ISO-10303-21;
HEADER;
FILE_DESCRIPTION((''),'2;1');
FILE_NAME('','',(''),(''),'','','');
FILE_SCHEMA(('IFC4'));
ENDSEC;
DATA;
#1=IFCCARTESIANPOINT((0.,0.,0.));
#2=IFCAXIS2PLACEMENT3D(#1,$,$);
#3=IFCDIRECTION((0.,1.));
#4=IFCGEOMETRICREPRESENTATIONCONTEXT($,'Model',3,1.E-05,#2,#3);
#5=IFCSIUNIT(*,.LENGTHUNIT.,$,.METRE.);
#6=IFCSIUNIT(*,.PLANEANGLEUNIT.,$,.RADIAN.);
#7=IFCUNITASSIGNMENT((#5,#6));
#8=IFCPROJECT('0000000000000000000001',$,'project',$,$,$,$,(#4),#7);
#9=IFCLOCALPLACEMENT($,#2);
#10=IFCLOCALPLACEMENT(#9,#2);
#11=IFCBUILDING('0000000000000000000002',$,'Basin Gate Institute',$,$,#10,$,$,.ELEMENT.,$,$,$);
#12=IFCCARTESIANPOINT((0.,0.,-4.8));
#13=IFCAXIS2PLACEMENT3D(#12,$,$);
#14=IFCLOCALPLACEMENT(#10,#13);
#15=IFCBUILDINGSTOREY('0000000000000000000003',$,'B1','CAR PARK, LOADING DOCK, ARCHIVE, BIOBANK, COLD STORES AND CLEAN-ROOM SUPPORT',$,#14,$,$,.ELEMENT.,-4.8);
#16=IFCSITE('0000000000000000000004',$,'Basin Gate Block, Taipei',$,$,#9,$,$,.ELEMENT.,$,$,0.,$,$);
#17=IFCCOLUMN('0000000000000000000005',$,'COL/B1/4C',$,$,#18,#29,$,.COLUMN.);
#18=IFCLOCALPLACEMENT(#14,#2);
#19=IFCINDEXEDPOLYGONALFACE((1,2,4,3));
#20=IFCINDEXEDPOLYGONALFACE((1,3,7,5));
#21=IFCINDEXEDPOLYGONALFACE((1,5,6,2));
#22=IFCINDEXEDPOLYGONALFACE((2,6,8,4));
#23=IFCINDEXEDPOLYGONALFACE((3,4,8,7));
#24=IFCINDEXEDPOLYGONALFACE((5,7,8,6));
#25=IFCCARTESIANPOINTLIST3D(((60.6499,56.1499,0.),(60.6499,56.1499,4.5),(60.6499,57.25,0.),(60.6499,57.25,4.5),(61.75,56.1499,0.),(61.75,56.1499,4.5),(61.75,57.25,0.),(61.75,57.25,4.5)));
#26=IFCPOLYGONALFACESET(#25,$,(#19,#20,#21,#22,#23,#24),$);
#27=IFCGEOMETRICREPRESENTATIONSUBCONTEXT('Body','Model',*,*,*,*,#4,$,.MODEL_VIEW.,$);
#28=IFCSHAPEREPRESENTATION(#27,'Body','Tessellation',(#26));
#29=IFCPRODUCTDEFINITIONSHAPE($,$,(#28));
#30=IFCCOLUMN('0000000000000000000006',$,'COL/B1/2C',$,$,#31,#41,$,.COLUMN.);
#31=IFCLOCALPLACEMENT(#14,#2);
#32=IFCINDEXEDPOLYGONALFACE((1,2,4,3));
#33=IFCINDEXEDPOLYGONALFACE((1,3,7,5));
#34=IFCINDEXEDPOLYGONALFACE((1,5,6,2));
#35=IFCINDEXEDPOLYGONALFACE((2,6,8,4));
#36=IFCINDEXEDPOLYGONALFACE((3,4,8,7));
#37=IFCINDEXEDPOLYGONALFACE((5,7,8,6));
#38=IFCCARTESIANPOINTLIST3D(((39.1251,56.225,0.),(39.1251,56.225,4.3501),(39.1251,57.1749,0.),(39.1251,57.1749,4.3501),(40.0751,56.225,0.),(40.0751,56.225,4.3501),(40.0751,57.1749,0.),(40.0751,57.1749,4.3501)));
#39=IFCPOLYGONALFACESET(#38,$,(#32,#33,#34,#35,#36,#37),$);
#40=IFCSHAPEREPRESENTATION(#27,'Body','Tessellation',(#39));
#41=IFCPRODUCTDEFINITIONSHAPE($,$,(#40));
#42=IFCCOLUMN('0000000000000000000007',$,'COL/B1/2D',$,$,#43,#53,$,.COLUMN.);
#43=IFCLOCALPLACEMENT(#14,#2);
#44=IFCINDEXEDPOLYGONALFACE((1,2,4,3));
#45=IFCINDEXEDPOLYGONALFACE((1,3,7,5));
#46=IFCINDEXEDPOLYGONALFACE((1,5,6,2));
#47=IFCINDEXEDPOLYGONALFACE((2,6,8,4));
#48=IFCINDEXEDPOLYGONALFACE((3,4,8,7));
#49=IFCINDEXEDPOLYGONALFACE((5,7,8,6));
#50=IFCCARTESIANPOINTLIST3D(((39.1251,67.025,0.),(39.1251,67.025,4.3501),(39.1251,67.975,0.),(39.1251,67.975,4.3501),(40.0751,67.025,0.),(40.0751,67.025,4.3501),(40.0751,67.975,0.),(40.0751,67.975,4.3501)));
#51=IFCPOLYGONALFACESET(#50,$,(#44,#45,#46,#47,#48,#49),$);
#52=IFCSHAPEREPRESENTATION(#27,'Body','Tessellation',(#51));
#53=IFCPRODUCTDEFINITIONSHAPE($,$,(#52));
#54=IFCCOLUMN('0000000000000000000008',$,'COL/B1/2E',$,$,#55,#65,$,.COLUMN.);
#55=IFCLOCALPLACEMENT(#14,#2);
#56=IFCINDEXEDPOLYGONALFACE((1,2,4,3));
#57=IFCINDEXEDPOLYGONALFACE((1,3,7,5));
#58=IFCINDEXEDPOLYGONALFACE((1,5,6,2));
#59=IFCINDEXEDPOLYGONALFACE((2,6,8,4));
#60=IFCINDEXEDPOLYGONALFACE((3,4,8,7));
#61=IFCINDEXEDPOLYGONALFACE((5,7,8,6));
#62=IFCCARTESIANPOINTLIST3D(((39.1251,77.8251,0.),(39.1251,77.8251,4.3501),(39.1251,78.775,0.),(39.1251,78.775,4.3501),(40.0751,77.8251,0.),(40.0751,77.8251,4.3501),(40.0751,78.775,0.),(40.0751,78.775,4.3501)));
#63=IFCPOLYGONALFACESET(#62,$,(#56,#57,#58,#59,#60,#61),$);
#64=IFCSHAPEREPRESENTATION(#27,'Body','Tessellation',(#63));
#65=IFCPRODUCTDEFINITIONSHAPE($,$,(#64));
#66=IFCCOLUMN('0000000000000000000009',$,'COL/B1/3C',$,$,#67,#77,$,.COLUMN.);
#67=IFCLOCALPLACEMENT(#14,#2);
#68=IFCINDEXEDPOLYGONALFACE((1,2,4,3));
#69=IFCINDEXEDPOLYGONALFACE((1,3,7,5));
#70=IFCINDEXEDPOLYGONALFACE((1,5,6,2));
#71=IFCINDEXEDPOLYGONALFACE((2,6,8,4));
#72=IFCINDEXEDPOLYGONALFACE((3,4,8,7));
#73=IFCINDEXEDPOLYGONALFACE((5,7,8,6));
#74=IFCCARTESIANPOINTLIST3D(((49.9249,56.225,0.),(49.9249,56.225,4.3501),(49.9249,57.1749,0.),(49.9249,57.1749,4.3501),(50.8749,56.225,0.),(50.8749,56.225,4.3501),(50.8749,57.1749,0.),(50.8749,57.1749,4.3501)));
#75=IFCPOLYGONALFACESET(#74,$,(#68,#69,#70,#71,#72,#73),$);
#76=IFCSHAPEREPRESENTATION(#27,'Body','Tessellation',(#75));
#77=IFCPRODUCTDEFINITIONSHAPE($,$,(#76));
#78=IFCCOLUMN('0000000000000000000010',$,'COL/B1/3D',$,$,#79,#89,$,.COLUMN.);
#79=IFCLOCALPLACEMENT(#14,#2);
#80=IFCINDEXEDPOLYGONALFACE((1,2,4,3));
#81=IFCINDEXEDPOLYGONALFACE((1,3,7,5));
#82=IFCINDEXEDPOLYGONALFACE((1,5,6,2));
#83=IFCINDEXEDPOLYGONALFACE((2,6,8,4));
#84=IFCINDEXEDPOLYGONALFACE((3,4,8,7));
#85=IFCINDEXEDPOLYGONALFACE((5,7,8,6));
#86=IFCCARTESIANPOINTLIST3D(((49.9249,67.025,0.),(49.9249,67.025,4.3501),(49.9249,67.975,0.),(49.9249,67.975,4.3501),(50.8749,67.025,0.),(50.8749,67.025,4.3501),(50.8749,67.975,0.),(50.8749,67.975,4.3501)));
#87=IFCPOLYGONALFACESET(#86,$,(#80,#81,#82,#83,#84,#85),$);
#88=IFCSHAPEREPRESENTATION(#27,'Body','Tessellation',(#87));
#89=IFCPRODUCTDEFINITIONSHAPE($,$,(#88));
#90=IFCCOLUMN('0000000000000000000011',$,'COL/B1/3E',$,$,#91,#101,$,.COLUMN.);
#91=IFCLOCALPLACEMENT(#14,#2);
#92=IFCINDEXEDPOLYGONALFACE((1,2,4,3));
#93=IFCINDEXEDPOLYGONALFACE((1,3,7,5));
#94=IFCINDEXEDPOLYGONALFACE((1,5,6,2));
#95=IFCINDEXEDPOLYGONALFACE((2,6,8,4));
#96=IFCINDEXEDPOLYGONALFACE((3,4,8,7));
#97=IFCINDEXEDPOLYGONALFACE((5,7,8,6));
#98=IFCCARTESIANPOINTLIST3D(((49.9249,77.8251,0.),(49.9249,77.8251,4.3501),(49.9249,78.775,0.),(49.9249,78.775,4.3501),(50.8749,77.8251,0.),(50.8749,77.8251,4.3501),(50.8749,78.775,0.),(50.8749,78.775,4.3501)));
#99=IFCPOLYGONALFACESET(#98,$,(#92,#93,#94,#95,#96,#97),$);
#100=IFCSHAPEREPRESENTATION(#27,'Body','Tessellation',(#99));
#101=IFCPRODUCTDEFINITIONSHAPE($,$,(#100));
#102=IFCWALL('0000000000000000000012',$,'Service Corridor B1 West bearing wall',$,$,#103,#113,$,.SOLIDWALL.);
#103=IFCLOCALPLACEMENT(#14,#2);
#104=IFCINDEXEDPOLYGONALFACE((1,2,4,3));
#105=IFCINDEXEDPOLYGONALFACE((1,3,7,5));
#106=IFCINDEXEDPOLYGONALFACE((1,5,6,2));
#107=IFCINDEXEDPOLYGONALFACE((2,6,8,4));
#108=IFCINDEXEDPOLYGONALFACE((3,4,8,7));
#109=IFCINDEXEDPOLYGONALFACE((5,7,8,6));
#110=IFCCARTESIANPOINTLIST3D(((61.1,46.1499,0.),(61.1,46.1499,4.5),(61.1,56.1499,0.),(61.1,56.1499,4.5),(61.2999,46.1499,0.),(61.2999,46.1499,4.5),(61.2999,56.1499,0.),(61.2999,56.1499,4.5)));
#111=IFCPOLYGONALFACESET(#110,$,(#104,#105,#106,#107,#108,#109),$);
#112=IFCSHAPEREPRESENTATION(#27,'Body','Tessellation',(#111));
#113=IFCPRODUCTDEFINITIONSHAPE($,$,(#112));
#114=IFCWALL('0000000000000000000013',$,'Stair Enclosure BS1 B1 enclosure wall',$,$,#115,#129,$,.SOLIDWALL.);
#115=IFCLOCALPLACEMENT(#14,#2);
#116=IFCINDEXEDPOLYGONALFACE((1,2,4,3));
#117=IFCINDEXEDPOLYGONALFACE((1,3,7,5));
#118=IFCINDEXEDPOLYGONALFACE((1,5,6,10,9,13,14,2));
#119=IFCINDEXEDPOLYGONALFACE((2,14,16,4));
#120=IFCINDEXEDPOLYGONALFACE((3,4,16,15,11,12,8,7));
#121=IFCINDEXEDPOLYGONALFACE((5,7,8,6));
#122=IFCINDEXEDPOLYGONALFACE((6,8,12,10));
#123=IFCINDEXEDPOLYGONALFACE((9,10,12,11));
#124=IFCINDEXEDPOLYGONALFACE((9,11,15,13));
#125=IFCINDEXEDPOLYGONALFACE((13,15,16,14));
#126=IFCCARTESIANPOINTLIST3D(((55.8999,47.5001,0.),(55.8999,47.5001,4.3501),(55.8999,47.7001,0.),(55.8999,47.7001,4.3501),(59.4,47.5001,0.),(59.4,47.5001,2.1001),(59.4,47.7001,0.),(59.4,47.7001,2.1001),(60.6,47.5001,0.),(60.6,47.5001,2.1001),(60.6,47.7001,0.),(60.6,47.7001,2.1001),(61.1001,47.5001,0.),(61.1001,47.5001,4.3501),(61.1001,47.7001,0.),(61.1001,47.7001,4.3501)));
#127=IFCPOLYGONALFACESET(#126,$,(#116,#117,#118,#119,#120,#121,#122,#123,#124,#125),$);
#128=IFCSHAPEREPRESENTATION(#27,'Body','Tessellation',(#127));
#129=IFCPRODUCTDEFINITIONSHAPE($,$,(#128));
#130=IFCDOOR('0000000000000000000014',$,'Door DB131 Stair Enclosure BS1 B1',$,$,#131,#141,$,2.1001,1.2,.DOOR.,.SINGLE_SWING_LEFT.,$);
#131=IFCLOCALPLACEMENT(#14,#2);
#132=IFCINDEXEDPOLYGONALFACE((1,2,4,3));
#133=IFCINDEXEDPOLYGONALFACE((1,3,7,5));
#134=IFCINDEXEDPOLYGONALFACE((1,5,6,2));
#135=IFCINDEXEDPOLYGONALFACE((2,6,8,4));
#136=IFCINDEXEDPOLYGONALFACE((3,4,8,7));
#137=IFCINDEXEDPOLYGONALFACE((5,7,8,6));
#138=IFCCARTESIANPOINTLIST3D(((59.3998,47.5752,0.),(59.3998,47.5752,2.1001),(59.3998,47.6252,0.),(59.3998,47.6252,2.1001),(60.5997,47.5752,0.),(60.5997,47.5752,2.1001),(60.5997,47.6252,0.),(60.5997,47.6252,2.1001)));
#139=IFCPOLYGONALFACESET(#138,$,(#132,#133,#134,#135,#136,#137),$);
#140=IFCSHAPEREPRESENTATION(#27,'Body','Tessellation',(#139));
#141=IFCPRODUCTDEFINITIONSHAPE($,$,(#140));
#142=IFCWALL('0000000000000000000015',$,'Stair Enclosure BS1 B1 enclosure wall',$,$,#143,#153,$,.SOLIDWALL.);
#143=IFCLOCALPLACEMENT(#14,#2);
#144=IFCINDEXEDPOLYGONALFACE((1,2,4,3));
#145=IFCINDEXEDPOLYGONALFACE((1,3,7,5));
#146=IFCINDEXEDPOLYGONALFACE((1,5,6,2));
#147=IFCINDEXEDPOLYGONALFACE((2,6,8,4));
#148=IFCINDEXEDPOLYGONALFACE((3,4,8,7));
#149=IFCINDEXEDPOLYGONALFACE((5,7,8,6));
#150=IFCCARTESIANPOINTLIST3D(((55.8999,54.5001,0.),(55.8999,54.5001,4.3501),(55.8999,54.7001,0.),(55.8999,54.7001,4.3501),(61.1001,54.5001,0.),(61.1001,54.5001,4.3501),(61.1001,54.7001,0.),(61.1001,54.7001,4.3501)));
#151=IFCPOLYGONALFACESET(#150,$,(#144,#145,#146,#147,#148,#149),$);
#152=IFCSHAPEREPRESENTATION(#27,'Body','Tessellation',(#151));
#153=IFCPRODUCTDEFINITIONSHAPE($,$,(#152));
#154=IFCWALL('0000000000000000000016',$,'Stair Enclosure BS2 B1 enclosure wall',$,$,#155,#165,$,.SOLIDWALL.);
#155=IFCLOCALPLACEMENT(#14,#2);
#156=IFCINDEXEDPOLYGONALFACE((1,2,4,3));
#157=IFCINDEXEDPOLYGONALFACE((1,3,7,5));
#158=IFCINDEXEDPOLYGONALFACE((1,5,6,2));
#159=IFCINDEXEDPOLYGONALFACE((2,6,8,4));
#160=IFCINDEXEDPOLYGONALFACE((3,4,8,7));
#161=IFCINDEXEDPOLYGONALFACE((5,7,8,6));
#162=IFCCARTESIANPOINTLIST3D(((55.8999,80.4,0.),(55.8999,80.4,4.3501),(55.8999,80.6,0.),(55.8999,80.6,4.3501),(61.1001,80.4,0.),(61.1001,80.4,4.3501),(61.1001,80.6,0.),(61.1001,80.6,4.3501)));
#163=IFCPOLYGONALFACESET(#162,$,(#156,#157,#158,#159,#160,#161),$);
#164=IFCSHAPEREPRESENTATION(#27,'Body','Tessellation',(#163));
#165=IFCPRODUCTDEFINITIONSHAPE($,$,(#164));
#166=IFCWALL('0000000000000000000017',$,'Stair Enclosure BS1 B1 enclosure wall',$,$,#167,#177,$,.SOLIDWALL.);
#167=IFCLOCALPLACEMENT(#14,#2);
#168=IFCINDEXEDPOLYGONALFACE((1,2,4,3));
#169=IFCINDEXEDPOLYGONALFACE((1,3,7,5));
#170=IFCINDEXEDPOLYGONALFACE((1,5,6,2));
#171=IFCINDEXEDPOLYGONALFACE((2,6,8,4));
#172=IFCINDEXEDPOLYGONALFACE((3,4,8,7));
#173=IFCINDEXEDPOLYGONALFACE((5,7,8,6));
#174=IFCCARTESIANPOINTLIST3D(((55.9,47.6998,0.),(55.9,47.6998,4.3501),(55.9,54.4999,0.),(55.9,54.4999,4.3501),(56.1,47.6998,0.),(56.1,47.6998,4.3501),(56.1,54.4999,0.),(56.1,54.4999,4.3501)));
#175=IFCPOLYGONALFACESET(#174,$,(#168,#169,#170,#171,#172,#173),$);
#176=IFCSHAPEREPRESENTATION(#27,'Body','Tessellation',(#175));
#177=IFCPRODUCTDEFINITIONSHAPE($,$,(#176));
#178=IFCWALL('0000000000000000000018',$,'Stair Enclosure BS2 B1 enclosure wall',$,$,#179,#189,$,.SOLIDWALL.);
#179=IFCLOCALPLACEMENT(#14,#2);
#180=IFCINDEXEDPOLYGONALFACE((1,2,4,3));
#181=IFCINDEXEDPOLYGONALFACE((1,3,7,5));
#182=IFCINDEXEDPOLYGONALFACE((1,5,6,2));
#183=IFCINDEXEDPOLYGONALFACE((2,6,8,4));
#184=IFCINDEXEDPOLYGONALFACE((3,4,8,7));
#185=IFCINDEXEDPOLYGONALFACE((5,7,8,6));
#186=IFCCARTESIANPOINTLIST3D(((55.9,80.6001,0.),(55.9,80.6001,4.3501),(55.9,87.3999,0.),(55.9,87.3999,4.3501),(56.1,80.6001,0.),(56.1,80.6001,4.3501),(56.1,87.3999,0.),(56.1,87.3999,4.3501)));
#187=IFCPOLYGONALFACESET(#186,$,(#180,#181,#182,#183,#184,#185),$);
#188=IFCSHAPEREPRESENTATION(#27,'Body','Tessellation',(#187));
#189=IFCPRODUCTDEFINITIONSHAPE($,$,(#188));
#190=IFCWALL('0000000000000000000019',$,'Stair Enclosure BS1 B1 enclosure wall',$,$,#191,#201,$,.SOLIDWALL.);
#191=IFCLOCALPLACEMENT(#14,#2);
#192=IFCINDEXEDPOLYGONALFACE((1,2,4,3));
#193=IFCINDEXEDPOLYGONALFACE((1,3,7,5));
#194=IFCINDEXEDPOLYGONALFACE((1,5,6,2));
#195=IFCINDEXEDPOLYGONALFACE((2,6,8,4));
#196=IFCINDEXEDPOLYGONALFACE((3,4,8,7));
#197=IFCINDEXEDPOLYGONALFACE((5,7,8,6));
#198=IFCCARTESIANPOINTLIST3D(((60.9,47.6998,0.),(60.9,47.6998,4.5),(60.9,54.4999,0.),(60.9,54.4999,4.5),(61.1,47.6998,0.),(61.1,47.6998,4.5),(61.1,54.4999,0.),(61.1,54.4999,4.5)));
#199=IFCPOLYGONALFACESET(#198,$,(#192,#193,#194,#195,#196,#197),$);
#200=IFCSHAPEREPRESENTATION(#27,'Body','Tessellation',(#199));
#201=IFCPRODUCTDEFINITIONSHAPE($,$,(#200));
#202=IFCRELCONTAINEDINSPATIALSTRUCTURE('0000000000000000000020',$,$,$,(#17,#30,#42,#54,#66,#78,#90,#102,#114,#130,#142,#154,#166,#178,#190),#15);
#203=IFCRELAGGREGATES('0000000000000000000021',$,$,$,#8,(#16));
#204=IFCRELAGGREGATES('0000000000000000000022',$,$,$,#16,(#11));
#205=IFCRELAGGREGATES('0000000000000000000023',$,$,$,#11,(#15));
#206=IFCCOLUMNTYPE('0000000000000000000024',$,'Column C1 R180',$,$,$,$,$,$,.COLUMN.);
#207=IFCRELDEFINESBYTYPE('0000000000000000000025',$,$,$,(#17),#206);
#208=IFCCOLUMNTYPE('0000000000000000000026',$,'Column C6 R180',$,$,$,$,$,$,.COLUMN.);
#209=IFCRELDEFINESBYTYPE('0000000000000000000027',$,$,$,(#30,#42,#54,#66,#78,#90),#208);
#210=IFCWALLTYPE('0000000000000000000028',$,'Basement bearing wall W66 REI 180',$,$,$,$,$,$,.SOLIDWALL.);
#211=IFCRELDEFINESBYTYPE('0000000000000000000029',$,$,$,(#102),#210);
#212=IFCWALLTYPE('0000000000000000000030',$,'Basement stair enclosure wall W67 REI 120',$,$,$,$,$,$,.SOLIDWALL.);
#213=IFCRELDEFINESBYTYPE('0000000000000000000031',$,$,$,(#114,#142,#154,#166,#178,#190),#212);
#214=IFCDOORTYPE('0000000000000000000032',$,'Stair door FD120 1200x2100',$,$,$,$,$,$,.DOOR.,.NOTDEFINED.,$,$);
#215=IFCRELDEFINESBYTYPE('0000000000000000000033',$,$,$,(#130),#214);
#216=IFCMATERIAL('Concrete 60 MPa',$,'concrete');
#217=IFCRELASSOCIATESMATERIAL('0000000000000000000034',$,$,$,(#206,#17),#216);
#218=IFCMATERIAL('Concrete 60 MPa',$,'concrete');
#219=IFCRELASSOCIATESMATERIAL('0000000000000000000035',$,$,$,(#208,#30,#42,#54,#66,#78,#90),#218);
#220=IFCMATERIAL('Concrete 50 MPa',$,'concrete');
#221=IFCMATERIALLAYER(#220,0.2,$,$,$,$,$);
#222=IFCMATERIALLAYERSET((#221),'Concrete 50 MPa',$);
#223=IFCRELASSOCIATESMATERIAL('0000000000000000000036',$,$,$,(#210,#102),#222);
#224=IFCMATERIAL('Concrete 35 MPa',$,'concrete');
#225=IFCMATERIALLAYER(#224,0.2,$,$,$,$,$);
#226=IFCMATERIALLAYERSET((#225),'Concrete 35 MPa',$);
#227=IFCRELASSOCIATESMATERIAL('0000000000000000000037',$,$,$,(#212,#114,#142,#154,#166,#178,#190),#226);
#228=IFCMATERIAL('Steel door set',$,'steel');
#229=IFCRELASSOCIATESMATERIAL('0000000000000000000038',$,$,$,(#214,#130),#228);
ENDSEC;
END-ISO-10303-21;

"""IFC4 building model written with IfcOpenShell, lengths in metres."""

from ifc_helpers import new_model, si_unit, direction, frame, frame_2d, origin, origin_2d, place, context, subcontext, project, spatial, rectangle, extrude, material, layer, layer_set, material_profile, profile_set, type_object, element, fill, save


model = new_model("IFC4")

# Units and contexts
model_context = context("Model", 3, precision=1e-05, world=origin(), true_north=direction((0.0, 1.0)))
body_context = subcontext(model_context, "Body", "Model", "MODEL_VIEW")
ifc_project = project(units=[si_unit("LENGTHUNIT", "METRE"), si_unit("PLANEANGLEUNIT", "RADIAN")], contexts=[model_context])

# Site, building, storey
site_placement = place(None, origin())
site = spatial("IfcSite", under=ifc_project, at=site_placement, Name="Basin Gate Block, Taipei", CompositionType="ELEMENT", RefElevation=0.0)
building_placement = place(site_placement, origin())
building = spatial("IfcBuilding", under=site, at=building_placement, Name="Basin Gate Institute", CompositionType="ELEMENT")
storey_placement = place(building_placement, frame((0.0, 0.0, -4.8)))
storey = spatial("IfcBuildingStorey", under=building, at=storey_placement, Name="B1", Description="CAR PARK, LOADING DOCK, ARCHIVE, BIOBANK, COLD STORES AND CLEAN-ROOM SUPPORT", CompositionType="ELEMENT", Elevation=-4.8)

# Columns
ifc_material_1 = material(Name="Concrete 60 MPa", Category="concrete")
ifc_material_profile_1 = material_profile(ifc_material_1, rectangle(XDim=1.1001, YDim=1.1001, at=origin_2d()), Name="Column C1 1100 x 1100")
ifc_profile_set_1 = profile_set([ifc_material_profile_1], Name="Concrete 60 MPa")
column_type_1 = type_object("IfcColumnType", Name="Column C1 R180", PredefinedType="COLUMN", material=ifc_profile_set_1)
column_placement = place(storey_placement, frame((61.2, 56.7, 0.0), z_axis=(0.0, 0.0, 1.0), x_axis=(1.0, 0.0, 0.0)))
element("IfcColumn", 1, at=column_placement, inside=storey, type_object=column_type_1, material=ifc_profile_set_1, Name="COL/B1/4C", PredefinedType="COLUMN", context=body_context, shape_type="SweptSolid", body=[
    extrude(rectangle(XDim=1.1001, YDim=1.1001, at=origin_2d()), origin(), (0.0, 0.0, 1.0), 4.5),
])
ifc_material_2 = material(Name="Concrete 60 MPa", Category="concrete")
ifc_material_profile_2 = material_profile(ifc_material_2, rectangle(XDim=0.95, YDim=0.95, at=origin_2d()), Name="Column C6 950 x 950")
ifc_profile_set_2 = profile_set([ifc_material_profile_2], Name="Concrete 60 MPa")
column_type_2 = type_object("IfcColumnType", Name="Column C6 R180", PredefinedType="COLUMN", material=ifc_profile_set_2)
for number, where, z_axis, x_axis, name in (
    (2, (39.6001, 56.7, 0.0), (0.0, 0.0, 1.0), (1.0, 0.0, 0.0), "COL/B1/2C"),
    (3, (39.6001, 67.5, 0.0), (0.0, 0.0, 1.0), (1.0, 0.0, 0.0), "COL/B1/2D"),
    (4, (39.6001, 78.3, 0.0), (0.0, 0.0, 1.0), (1.0, 0.0, 0.0), "COL/B1/2E"),
    (5, (50.3999, 56.7, 0.0), (0.0, 0.0, 1.0), (1.0, 0.0, 0.0), "COL/B1/3C"),
    (6, (50.3999, 67.5, 0.0), (0.0, 0.0, 1.0), (1.0, 0.0, 0.0), "COL/B1/3D"),
    (7, (50.3999, 78.3, 0.0), (0.0, 0.0, 1.0), (1.0, 0.0, 0.0), "COL/B1/3E"),
):
    element("IfcColumn", number, at=place(storey_placement, frame(where, z_axis=z_axis, x_axis=x_axis)), inside=storey, type_object=column_type_2, material=ifc_profile_set_2, Name=name, PredefinedType="COLUMN", context=body_context, shape_type="SweptSolid", body=[
        extrude(rectangle(XDim=0.95, YDim=0.95, at=origin_2d()), origin(), (0.0, 0.0, 1.0), 4.3501),
    ])

# Wall
ifc_material_3 = material(Name="Concrete 50 MPa", Category="concrete")
ifc_layer_1 = layer(ifc_material_3, 0.2)
ifc_layer_set_1 = layer_set([ifc_layer_1], Name="Concrete 50 MPa")
wall_type_1 = type_object("IfcWallType", Name="Basement bearing wall W66 REI 180", PredefinedType="SOLIDWALL", material=ifc_layer_set_1)
wall_1_placement = place(storey_placement, frame((61.2, 46.1499, 0.0), z_axis=(0.0, 0.0, 1.0), x_axis=(0.0, 1.0, 0.0)))
element("IfcWall", 8, at=wall_1_placement, inside=storey, type_object=wall_type_1, material=ifc_layer_set_1, Name="Service Corridor B1 West bearing wall", PredefinedType="SOLIDWALL", context=body_context, shape_type="SweptSolid", body=[
    extrude(rectangle(XDim=10.0, YDim=0.2, at=frame_2d((5.0, 0.0))), origin(), (0.0, 0.0, 1.0), 4.5),
])

# Wall, opening, door
ifc_material_4 = material(Name="Concrete 35 MPa", Category="concrete")
ifc_layer_2 = layer(ifc_material_4, 0.2)
ifc_layer_set_2 = layer_set([ifc_layer_2], Name="Concrete 35 MPa")
wall_type_2 = type_object("IfcWallType", Name="Basement stair enclosure wall W67 REI 120", PredefinedType="SOLIDWALL", material=ifc_layer_set_2)
wall_2_placement = place(storey_placement, frame((55.8999, 47.6001, 0.0), z_axis=(0.0, 0.0, 1.0), x_axis=(1.0, 0.0, 0.0)))
wall_2 = element("IfcWall", 9, at=wall_2_placement, inside=storey, type_object=wall_type_2, material=ifc_layer_set_2, Name="Stair Enclosure BS1 B1 enclosure wall", PredefinedType="SOLIDWALL", context=body_context, shape_type="SweptSolid", body=[
    extrude(rectangle(XDim=5.2002, YDim=0.2, at=frame_2d((2.6001, 0.0))), origin(), (0.0, 0.0, 1.0), 4.3501),
])
opening_placement = place(wall_2_placement, frame((3.5, 0.0, 0.0)))
opening = element("IfcOpeningElement", 10, at=opening_placement, cuts=wall_2, PredefinedType="OPENING", context=body_context, shape_type="SweptSolid", body=[
    extrude(rectangle(XDim=1.2, YDim=2.1001, at=frame_2d((0.6001, 1.05))), frame((0.0, 0.1099, 0.0), z_axis=(0.0, -1.0, 0.0), x_axis=(1.0, 0.0, 0.0)), (0.0, 0.0, 1.0), 0.22),
])
ifc_material_5 = material(Name="Steel door set", Category="steel")
door_type = type_object("IfcDoorType", Name="Stair door FD120 1200x2100", OperationType="NOTDEFINED", PredefinedType="DOOR", material=ifc_material_5)
door_placement = place(opening_placement, frame((1.2, 0.0, 0.0), z_axis=(0.0, 0.0, 1.0), x_axis=(-1.0, 0.0, 0.0)))
door = element("IfcDoor", 11, at=door_placement, inside=storey, type_object=door_type, material=ifc_material_5, Name="Door DB131 Stair Enclosure BS1 B1", OperationType="SINGLE_SWING_LEFT", OverallHeight=2.1001, OverallWidth=1.2, PredefinedType="DOOR", context=body_context, shape_type="SweptSolid", body=[
    extrude(rectangle(XDim=1.2, YDim=2.1001, at=frame_2d((0.6001, 1.05))), frame((0.0, 0.0249, 0.0), z_axis=(0.0, -1.0, 0.0), x_axis=(1.0, 0.0, 0.0)), (0.0, 0.0, 1.0), 0.05),
])
fill(opening, door)

# Walls
for number, where, z_axis, x_axis, name in (
    (12, (55.8999, 54.6001, 0.0), (0.0, 0.0, 1.0), (1.0, 0.0, 0.0), "Stair Enclosure BS1 B1 enclosure wall"),
    (13, (55.8999, 80.5, 0.0), (0.0, 0.0, 1.0), (1.0, 0.0, 0.0), "Stair Enclosure BS2 B1 enclosure wall"),
):
    element("IfcWall", number, at=place(storey_placement, frame(where, z_axis=z_axis, x_axis=x_axis)), inside=storey, type_object=wall_type_2, material=ifc_layer_set_2, Name=name, PredefinedType="SOLIDWALL", context=body_context, shape_type="SweptSolid", body=[
        extrude(rectangle(XDim=5.2002, YDim=0.2, at=frame_2d((2.6001, 0.0))), origin(), (0.0, 0.0, 1.0), 4.3501),
    ])
wall_3_placement = place(storey_placement, frame((56.0, 47.7, 0.0), z_axis=(0.0, 0.0, 1.0), x_axis=(0.0, 1.0, 0.0)))
element("IfcWall", 14, at=wall_3_placement, inside=storey, type_object=wall_type_2, material=ifc_layer_set_2, Name="Stair Enclosure BS1 B1 enclosure wall", PredefinedType="SOLIDWALL", context=body_context, shape_type="SweptSolid", body=[
    extrude(rectangle(XDim=6.8, YDim=0.2, at=frame_2d((3.3999, 0.0))), origin(), (0.0, 0.0, 1.0), 4.3501),
])
wall_4_placement = place(storey_placement, frame((56.0, 80.6001, 0.0), z_axis=(0.0, 0.0, 1.0), x_axis=(0.0, 1.0, 0.0)))
element("IfcWall", 15, at=wall_4_placement, inside=storey, type_object=wall_type_2, material=ifc_layer_set_2, Name="Stair Enclosure BS2 B1 enclosure wall", PredefinedType="SOLIDWALL", context=body_context, shape_type="SweptSolid", body=[
    extrude(rectangle(XDim=6.7998, YDim=0.2, at=frame_2d((3.3999, 0.0))), origin(), (0.0, 0.0, 1.0), 4.3501),
])
wall_5_placement = place(storey_placement, frame((61.0, 47.7, 0.0), z_axis=(0.0, 0.0, 1.0), x_axis=(0.0, 1.0, 0.0)))
element("IfcWall", 16, at=wall_5_placement, inside=storey, type_object=wall_type_2, material=ifc_layer_set_2, Name="Stair Enclosure BS1 B1 enclosure wall", PredefinedType="SOLIDWALL", context=body_context, shape_type="SweptSolid", body=[
    extrude(rectangle(XDim=6.8, YDim=0.2, at=frame_2d((3.3999, 0.0))), origin(), (0.0, 0.0, 1.0), 4.5),
])

save(model, "model.ifc")
